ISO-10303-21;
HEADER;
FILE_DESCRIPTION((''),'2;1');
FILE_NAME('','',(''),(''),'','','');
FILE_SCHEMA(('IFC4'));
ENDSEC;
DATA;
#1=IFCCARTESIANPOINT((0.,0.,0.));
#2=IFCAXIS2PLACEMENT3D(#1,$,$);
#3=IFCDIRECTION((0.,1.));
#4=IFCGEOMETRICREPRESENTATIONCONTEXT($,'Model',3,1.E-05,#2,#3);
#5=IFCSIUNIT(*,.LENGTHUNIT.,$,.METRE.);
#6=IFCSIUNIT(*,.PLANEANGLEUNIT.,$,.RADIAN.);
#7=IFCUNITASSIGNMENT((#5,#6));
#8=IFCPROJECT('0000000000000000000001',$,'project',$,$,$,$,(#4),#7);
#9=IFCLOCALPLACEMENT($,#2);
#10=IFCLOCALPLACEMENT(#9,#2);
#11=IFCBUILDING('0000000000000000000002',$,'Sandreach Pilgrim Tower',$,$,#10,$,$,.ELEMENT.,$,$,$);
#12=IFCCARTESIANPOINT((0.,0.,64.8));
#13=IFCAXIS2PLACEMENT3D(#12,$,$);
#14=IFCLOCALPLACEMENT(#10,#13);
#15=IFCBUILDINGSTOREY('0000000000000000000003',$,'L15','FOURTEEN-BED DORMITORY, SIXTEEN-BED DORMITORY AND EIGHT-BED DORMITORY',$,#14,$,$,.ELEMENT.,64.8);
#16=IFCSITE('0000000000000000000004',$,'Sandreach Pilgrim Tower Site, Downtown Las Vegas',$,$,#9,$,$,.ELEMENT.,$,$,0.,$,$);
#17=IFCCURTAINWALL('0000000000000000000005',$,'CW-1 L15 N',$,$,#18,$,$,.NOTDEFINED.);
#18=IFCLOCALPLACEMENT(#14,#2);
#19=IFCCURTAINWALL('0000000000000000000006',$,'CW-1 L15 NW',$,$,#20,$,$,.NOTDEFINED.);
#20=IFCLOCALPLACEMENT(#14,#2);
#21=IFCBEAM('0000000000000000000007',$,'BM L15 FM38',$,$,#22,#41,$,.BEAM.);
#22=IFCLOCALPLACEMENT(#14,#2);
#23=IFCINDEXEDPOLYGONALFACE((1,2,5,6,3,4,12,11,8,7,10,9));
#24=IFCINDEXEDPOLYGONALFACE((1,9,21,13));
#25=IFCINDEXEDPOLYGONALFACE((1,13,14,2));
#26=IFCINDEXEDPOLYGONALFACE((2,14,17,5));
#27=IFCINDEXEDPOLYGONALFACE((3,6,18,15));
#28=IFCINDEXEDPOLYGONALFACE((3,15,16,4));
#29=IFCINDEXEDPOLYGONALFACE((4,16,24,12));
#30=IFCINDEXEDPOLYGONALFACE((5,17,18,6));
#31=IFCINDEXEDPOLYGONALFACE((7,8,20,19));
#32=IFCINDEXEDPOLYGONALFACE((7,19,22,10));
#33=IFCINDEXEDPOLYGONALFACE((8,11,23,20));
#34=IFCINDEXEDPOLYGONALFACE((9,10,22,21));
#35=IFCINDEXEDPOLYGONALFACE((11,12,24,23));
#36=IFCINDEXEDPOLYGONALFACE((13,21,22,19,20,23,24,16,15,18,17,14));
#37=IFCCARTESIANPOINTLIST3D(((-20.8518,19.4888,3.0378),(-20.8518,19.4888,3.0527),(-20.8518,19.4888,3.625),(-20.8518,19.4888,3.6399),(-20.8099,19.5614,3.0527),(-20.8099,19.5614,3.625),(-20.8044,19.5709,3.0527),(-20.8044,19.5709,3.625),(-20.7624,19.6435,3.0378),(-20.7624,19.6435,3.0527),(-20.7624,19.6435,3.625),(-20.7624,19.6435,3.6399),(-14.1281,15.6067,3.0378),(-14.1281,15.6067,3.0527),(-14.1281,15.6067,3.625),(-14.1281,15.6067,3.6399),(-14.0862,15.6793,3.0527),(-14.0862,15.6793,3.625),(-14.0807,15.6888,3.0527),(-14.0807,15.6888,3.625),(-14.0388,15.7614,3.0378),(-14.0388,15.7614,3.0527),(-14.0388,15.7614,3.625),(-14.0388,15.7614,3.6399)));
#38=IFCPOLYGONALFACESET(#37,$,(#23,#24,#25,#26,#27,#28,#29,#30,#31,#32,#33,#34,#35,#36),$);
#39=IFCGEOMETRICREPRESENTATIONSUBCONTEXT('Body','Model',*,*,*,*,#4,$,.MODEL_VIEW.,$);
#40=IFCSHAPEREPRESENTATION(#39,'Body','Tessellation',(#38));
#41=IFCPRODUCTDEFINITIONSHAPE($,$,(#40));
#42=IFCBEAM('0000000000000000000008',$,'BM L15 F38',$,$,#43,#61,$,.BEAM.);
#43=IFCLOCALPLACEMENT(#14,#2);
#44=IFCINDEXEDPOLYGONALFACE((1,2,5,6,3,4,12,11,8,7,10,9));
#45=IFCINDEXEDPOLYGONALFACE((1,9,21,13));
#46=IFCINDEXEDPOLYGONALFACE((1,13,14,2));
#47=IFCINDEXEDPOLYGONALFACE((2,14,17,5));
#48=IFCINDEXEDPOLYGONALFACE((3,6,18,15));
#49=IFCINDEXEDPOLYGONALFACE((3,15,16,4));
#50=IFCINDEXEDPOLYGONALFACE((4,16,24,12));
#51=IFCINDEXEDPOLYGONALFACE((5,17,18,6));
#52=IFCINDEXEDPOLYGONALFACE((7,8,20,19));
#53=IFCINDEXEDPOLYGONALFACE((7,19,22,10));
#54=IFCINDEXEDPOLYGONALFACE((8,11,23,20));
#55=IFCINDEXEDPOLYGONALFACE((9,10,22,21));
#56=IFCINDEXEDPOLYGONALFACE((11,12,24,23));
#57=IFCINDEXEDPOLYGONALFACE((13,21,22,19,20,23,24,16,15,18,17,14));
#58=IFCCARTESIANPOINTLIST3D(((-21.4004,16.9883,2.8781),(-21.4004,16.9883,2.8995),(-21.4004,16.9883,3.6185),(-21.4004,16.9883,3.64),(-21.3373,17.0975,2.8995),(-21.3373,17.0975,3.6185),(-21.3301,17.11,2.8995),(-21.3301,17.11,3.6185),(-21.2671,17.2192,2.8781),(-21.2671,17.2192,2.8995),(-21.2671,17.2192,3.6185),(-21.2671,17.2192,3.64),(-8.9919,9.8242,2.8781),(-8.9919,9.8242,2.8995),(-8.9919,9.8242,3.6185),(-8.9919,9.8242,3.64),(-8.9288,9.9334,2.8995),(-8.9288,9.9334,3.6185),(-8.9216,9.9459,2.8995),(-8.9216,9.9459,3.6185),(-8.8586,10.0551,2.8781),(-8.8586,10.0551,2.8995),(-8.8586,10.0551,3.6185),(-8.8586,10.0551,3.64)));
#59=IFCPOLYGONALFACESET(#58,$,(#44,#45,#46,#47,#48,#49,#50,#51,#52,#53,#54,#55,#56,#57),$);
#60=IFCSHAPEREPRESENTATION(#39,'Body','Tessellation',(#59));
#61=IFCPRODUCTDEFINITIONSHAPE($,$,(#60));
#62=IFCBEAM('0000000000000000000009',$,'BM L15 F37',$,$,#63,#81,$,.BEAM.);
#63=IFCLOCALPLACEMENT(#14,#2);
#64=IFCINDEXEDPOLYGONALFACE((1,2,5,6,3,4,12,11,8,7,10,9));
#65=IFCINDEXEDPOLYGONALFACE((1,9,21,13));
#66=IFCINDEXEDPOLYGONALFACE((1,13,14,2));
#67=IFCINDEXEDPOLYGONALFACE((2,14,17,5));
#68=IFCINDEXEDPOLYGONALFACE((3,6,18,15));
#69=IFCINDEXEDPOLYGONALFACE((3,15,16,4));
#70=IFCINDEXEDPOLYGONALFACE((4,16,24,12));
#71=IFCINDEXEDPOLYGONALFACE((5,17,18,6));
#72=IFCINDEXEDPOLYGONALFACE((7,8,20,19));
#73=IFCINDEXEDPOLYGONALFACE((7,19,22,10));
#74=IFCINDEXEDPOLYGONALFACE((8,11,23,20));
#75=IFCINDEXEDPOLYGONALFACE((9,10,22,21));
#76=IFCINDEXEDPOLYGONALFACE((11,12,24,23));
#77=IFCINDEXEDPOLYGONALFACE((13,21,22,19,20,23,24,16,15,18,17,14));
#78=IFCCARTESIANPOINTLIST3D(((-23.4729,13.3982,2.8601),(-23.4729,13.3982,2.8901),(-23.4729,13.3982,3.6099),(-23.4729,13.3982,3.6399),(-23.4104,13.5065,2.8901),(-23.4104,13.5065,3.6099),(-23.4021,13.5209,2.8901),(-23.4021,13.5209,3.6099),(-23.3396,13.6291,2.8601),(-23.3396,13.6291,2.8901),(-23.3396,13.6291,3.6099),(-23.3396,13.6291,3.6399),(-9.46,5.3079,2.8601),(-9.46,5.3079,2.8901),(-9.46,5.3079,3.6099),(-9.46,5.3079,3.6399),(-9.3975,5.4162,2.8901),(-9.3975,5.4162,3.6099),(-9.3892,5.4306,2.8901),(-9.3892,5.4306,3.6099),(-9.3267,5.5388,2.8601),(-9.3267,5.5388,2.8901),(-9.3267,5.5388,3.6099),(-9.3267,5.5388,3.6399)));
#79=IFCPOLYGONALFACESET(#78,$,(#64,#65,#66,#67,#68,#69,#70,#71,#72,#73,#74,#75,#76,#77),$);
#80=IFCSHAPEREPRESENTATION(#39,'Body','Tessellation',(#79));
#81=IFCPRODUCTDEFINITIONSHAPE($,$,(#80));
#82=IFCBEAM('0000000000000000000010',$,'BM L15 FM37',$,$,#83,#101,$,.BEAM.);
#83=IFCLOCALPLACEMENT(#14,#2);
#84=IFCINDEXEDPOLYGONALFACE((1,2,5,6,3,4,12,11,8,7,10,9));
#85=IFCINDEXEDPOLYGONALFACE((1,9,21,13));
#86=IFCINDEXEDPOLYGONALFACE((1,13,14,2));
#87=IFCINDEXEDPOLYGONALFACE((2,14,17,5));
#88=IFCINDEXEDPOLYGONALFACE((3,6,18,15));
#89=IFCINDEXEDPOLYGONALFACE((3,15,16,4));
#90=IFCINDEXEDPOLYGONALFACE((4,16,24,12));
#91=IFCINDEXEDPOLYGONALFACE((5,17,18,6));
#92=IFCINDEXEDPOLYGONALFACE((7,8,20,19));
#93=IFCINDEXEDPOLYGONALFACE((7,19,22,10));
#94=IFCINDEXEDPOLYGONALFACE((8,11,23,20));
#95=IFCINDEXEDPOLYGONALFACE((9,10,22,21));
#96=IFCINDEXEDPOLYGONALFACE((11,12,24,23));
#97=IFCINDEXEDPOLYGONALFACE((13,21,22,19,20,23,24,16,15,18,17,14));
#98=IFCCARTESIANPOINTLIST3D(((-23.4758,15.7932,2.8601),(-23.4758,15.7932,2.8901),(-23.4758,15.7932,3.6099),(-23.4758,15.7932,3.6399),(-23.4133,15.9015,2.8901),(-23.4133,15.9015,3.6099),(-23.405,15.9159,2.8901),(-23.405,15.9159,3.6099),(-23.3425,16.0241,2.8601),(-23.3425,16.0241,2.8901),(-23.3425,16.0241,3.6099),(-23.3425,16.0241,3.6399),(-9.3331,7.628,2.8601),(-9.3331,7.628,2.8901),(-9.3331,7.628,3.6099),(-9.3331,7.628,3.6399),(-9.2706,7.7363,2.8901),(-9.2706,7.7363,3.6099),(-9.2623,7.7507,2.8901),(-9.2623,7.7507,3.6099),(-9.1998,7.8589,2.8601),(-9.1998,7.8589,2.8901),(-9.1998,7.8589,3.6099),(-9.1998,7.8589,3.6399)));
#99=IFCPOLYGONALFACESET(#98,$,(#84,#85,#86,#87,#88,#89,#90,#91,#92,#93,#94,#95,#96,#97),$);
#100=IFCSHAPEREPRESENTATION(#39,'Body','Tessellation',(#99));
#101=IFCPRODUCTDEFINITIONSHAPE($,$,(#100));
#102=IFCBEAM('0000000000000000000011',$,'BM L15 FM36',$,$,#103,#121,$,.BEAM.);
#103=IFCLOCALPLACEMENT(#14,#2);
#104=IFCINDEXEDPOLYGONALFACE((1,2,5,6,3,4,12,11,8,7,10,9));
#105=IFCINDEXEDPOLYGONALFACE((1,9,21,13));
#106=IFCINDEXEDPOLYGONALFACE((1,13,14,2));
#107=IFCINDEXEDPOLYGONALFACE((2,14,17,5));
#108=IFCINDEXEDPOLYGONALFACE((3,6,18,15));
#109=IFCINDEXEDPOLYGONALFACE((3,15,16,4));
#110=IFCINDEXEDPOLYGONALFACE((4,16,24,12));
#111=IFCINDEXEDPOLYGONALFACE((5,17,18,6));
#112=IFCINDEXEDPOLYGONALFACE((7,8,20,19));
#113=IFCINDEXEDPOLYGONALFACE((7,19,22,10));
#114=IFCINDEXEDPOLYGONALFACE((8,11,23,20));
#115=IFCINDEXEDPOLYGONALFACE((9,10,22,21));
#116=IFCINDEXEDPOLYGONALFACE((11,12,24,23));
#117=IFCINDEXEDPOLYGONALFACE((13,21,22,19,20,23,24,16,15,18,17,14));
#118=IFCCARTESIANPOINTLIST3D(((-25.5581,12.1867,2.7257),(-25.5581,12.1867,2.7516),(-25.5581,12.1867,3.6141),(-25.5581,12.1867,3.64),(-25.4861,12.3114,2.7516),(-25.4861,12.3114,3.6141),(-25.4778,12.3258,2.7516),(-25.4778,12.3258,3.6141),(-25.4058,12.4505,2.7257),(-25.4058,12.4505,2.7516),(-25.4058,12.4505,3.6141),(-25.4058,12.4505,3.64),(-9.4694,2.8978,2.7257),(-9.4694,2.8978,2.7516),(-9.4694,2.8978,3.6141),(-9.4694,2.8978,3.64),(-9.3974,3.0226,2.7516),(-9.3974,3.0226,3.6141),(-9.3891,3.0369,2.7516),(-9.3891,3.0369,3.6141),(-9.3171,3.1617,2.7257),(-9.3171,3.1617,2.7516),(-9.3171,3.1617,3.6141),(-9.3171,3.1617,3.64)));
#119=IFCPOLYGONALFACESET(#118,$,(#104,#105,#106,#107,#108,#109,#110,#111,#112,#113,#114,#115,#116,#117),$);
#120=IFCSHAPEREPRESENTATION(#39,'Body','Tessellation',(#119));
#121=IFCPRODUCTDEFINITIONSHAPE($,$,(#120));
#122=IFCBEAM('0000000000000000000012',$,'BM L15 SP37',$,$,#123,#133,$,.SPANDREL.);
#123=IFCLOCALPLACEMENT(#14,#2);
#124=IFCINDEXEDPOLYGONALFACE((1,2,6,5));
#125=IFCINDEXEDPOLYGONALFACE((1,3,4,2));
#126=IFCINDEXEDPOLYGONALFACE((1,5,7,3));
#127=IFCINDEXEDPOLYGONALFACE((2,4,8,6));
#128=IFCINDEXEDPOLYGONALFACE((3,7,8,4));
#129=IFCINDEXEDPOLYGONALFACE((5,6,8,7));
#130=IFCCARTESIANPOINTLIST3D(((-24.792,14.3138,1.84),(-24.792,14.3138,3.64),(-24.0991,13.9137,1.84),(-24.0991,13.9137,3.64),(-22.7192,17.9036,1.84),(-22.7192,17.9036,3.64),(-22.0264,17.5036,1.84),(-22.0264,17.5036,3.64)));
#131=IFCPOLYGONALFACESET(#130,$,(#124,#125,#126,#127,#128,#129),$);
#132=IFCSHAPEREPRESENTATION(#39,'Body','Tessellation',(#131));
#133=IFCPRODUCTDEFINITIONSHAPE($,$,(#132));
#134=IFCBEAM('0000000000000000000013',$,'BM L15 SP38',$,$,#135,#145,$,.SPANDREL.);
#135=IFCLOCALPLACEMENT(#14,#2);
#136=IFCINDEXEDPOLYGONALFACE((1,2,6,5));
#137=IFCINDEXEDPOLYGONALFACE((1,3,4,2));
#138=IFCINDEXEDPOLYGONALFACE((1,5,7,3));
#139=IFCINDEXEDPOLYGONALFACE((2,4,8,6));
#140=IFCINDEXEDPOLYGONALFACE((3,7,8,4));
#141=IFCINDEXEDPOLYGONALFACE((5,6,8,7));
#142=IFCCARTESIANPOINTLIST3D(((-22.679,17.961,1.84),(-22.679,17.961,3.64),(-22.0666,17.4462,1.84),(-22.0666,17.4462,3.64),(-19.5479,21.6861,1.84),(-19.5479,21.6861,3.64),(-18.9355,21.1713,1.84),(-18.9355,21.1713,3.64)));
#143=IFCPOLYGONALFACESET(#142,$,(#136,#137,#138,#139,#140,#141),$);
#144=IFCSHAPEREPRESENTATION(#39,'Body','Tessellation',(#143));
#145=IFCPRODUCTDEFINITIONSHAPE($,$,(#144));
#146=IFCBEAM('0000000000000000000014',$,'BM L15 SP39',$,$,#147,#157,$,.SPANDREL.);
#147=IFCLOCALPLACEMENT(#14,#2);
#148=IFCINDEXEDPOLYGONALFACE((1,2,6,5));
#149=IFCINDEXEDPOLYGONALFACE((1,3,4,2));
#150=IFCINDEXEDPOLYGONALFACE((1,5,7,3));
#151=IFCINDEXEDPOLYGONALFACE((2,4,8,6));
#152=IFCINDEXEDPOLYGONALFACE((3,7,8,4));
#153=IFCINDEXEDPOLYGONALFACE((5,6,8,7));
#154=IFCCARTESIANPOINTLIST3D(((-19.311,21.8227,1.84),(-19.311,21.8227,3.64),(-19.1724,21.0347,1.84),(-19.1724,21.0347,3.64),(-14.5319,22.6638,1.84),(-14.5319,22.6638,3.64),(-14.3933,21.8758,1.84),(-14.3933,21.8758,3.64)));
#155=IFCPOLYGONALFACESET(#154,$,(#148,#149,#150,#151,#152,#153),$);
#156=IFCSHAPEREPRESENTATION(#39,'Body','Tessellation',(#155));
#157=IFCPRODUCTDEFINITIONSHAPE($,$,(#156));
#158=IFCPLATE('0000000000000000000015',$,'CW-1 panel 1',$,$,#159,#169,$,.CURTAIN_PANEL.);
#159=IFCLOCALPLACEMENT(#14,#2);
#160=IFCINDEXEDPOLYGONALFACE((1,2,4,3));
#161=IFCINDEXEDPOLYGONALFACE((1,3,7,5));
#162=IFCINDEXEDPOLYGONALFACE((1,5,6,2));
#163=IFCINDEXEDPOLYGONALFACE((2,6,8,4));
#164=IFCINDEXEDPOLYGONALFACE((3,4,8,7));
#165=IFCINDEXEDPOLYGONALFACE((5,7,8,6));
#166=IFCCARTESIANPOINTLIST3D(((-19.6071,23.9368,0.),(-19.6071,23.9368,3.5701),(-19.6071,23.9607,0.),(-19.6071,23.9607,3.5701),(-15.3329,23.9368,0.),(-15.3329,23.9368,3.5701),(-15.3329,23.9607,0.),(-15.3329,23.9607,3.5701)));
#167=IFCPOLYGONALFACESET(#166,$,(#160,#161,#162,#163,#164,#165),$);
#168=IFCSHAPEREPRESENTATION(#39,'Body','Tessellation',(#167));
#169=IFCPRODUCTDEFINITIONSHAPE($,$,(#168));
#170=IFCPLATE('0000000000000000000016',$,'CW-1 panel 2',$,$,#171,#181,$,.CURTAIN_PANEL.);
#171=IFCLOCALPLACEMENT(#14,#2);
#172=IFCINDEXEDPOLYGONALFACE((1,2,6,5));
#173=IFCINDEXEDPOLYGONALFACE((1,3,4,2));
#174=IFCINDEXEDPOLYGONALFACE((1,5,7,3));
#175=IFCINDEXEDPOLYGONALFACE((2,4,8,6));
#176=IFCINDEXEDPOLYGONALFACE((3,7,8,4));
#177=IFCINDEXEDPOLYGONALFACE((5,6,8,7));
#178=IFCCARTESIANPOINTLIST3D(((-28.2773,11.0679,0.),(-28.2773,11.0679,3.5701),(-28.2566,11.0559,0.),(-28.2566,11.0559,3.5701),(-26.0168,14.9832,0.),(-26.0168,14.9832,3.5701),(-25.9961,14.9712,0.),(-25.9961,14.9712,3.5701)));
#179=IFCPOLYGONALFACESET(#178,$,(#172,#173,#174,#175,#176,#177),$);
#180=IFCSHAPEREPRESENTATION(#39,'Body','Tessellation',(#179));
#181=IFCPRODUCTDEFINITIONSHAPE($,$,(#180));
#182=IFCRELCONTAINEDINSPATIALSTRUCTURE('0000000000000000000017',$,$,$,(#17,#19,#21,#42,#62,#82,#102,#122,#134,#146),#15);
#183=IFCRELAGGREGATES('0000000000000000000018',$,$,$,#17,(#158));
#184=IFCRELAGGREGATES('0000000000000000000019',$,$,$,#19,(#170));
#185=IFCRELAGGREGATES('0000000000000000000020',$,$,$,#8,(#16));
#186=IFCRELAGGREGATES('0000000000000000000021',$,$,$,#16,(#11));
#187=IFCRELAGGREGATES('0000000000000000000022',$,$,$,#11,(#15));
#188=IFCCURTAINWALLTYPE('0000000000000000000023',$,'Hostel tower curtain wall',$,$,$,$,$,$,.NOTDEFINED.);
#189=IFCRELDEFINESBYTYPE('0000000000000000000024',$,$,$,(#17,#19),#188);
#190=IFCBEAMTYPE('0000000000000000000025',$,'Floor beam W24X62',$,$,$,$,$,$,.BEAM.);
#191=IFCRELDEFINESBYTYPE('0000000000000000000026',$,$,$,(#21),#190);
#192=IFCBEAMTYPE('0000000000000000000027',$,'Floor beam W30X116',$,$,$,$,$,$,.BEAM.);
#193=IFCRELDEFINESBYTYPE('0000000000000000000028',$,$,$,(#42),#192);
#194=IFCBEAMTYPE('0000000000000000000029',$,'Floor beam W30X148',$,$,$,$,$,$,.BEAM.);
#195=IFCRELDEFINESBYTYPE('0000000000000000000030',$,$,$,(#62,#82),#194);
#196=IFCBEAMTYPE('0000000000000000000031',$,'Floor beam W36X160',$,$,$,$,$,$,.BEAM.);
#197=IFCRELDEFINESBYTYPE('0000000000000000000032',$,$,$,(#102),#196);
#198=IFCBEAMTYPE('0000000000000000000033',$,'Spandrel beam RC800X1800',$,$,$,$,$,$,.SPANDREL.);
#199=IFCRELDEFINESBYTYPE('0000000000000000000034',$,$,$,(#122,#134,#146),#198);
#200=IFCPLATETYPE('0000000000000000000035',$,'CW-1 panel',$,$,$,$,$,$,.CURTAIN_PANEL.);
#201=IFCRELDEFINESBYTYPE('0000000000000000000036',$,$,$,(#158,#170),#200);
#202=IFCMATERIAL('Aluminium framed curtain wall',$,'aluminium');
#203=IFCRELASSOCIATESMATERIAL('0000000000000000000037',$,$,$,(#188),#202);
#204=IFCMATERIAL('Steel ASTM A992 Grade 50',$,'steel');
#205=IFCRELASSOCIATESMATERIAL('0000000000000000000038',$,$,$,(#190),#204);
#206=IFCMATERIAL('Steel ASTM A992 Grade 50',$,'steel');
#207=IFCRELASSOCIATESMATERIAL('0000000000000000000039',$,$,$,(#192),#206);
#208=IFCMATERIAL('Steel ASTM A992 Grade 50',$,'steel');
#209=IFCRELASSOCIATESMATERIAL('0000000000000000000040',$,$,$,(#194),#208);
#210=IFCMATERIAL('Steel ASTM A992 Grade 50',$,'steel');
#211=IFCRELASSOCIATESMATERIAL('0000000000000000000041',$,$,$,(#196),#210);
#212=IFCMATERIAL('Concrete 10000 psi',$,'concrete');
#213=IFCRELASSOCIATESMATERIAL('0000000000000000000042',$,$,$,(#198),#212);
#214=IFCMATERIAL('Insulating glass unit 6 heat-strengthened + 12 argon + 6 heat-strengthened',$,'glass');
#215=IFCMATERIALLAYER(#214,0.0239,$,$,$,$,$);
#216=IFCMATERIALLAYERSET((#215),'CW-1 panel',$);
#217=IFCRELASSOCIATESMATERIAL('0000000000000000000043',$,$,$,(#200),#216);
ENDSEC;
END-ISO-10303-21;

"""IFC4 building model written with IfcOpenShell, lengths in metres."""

from ifc_helpers import new_model, si_unit, direction, frame, origin, origin_2d, place, context, subcontext, project, spatial, rectangle, i_section, extrude, material, layer, layer_set, material_profile, profile_set, type_object, element, aggregate, save


model = new_model("IFC4")

# Units and contexts
model_context = context("Model", 3, precision=1e-05, world=origin(), true_north=direction((0.0, 1.0)))
body_context = subcontext(model_context, "Body", "Model", "MODEL_VIEW")
ifc_project = project(units=[si_unit("LENGTHUNIT", "METRE"), si_unit("PLANEANGLEUNIT", "RADIAN")], contexts=[model_context])

# Site, building, storey
site_placement = place(None, origin())
site = spatial("IfcSite", under=ifc_project, at=site_placement, Name="Sandreach Pilgrim Tower Site, Downtown Las Vegas", CompositionType="ELEMENT", RefElevation=0.0)
building_placement = place(site_placement, origin())
building = spatial("IfcBuilding", under=site, at=building_placement, Name="Sandreach Pilgrim Tower", CompositionType="ELEMENT")
storey_placement = place(building_placement, frame((0.0, 0.0, 64.8)))
storey = spatial("IfcBuildingStorey", under=building, at=storey_placement, Name="L15", Description="FOURTEEN-BED DORMITORY, SIXTEEN-BED DORMITORY AND EIGHT-BED DORMITORY", CompositionType="ELEMENT", Elevation=64.8)

# Curtain wall
ifc_material_1 = material(Name="Aluminium framed curtain wall", Category="aluminium")
curtain_wall_type = type_object("IfcCurtainWallType", Name="Hostel tower curtain wall", PredefinedType="NOTDEFINED", material=ifc_material_1)
curtain_wall_1_placement = place(storey_placement, origin())
curtain_wall_1 = element("IfcCurtainWall", 1, at=curtain_wall_1_placement, inside=storey, type_object=curtain_wall_type, Name="CW-1 L15 N", PredefinedType="NOTDEFINED")

# Curtain wall
curtain_wall_2_placement = place(storey_placement, origin())
curtain_wall_2 = element("IfcCurtainWall", 2, at=curtain_wall_2_placement, inside=storey, type_object=curtain_wall_type, Name="CW-1 L15 NW", PredefinedType="NOTDEFINED")

# Beams
ifc_material_2 = material(Name="Steel ASTM A992 Grade 50", Category="steel")
ifc_material_profile_1 = material_profile(ifc_material_2, i_section(OverallWidth=0.1787, OverallDepth=0.6021, WebThickness=0.011, FlangeThickness=0.0149, at=origin_2d()), Name="W24X62")
ifc_profile_set_1 = profile_set([ifc_material_profile_1], Name="Steel ASTM A992 Grade 50")
beam_type_1 = type_object("IfcBeamType", Name="Floor beam W24X62", PredefinedType="BEAM", material=ifc_profile_set_1)
beam_1_placement = place(storey_placement, frame((-20.8071, 19.5662, 3.3389), z_axis=(0.866015, -0.500018, 0.0), x_axis=(0.500018, 0.866015, 0.0)))
element("IfcBeam", 3, at=beam_1_placement, inside=storey, type_object=beam_type_1, Name="BM L15 FM38", PredefinedType="BEAM", context=body_context, shape_type="SweptSolid", body=[
    extrude(i_section(OverallWidth=0.1787, OverallDepth=0.6021, WebThickness=0.011, FlangeThickness=0.0149, at=origin_2d()), origin(), (0.0, 0.0, 1.0), 7.7639),
])
ifc_material_3 = material(Name="Steel ASTM A992 Grade 50", Category="steel")
ifc_material_profile_2 = material_profile(ifc_material_3, i_section(OverallWidth=0.2666, OverallDepth=0.762, WebThickness=0.0144, FlangeThickness=0.0215, at=origin_2d()), Name="W30X116")
ifc_profile_set_2 = profile_set([ifc_material_profile_2], Name="Steel ASTM A992 Grade 50")
beam_type_2 = type_object("IfcBeamType", Name="Floor beam W30X116", PredefinedType="BEAM", material=ifc_profile_set_2)
beam_2_placement = place(storey_placement, frame((-21.3337, 17.1038, 3.259), z_axis=(0.866024, -0.500002, 0.0), x_axis=(0.500002, 0.866024, 0.0)))
element("IfcBeam", 4, at=beam_2_placement, inside=storey, type_object=beam_type_2, Name="BM L15 F38", PredefinedType="BEAM", context=body_context, shape_type="SweptSolid", body=[
    extrude(i_section(OverallWidth=0.2666, OverallDepth=0.762, WebThickness=0.0144, FlangeThickness=0.0215, at=origin_2d()), origin(), (0.0, 0.0, 1.0), 14.3281),
])
ifc_material_4 = material(Name="Steel ASTM A992 Grade 50", Category="steel")
ifc_material_profile_3 = material_profile(ifc_material_4, i_section(OverallWidth=0.2666, OverallDepth=0.7798, WebThickness=0.0166, FlangeThickness=0.03, at=origin_2d()), Name="W30X148")
ifc_profile_set_3 = profile_set([ifc_material_profile_3], Name="Steel ASTM A992 Grade 50")
beam_type_3 = type_object("IfcBeamType", Name="Floor beam W30X148", PredefinedType="BEAM", material=ifc_profile_set_3)
beam_3_placement = place(storey_placement, frame((-23.4062, 13.5137, 3.25), z_axis=(0.866027, -0.499998, 0.0), x_axis=(0.499998, 0.866027, 0.0)))
element("IfcBeam", 5, at=beam_3_placement, inside=storey, type_object=beam_type_3, Name="BM L15 F37", PredefinedType="BEAM", context=body_context, shape_type="SweptSolid", body=[
    extrude(i_section(OverallWidth=0.2666, OverallDepth=0.7798, WebThickness=0.0166, FlangeThickness=0.03, at=origin_2d()), origin(), (0.0, 0.0, 1.0), 16.1807),
])
beam_4_placement = place(storey_placement, frame((-23.4092, 15.9087, 3.25), z_axis=(0.866027, -0.499996, 0.0), x_axis=(0.499996, 0.866027, 0.0)))
element("IfcBeam", 6, at=beam_4_placement, inside=storey, type_object=beam_type_3, Name="BM L15 FM37", PredefinedType="BEAM", context=body_context, shape_type="SweptSolid", body=[
    extrude(i_section(OverallWidth=0.2666, OverallDepth=0.7798, WebThickness=0.0166, FlangeThickness=0.03, at=origin_2d()), origin(), (0.0, 0.0, 1.0), 16.3306),
])
ifc_material_5 = material(Name="Steel ASTM A992 Grade 50", Category="steel")
ifc_material_profile_4 = material_profile(ifc_material_5, i_section(OverallWidth=0.3047, OverallDepth=0.9143, WebThickness=0.0166, FlangeThickness=0.0259, at=origin_2d()), Name="W36X160")
ifc_profile_set_4 = profile_set([ifc_material_profile_4], Name="Steel ASTM A992 Grade 50")
beam_type_4 = type_object("IfcBeamType", Name="Floor beam W36X160", PredefinedType="BEAM", material=ifc_profile_set_4)
beam_5_placement = place(storey_placement, frame((-25.4819, 12.3186, 3.1829), z_axis=(0.866024, -0.500002, 0.0), x_axis=(0.500002, 0.866024, 0.0)))
element("IfcBeam", 7, at=beam_5_placement, inside=storey, type_object=beam_type_4, Name="BM L15 FM36", PredefinedType="BEAM", context=body_context, shape_type="SweptSolid", body=[
    extrude(i_section(OverallWidth=0.3047, OverallDepth=0.9143, WebThickness=0.0166, FlangeThickness=0.0259, at=origin_2d()), origin(), (0.0, 0.0, 1.0), 18.5776),
])
ifc_material_6 = material(Name="Concrete 10000 psi", Category="concrete")
ifc_material_profile_5 = material_profile(ifc_material_6, rectangle(XDim=0.8, YDim=1.8, at=origin_2d()), Name="RC800X1800")
ifc_profile_set_5 = profile_set([ifc_material_profile_5], Name="Concrete 10000 psi")
beam_type_5 = type_object("IfcBeamType", Name="Spandrel beam RC800X1800", PredefinedType="SPANDREL", material=ifc_profile_set_5)
beam_6_placement = place(storey_placement, frame((-24.4456, 14.1138, 2.74), z_axis=(0.500028, 0.866009, 0.0), x_axis=(-0.866009, 0.500028, 0.0)))
element("IfcBeam", 8, at=beam_6_placement, inside=storey, type_object=beam_type_5, Name="BM L15 SP37", PredefinedType="SPANDREL", context=body_context, shape_type="SweptSolid", body=[
    extrude(rectangle(XDim=0.8, YDim=1.8, at=origin_2d()), origin(), (0.0, 0.0, 1.0), 4.1453),
])
beam_7_placement = place(storey_placement, frame((-22.3728, 17.7036, 2.74), z_axis=(0.643436, 0.7655, 0.0), x_axis=(-0.7655, 0.643436, 0.0)))
element("IfcBeam", 9, at=beam_7_placement, inside=storey, type_object=beam_type_5, Name="BM L15 SP38", PredefinedType="SPANDREL", context=body_context, shape_type="SweptSolid", body=[
    extrude(rectangle(XDim=0.8, YDim=1.8, at=origin_2d()), origin(), (0.0, 0.0, 1.0), 4.8662),
])
beam_8_placement = place(storey_placement, frame((-19.2417, 21.4287, 2.74), z_axis=(0.984864, 0.173326, 0.0), x_axis=(-0.173326, 0.984864, 0.0)))
element("IfcBeam", 10, at=beam_8_placement, inside=storey, type_object=beam_type_5, Name="BM L15 SP39", PredefinedType="SPANDREL", context=body_context, shape_type="SweptSolid", body=[
    extrude(rectangle(XDim=0.8, YDim=1.8, at=origin_2d()), origin(), (0.0, 0.0, 1.0), 4.8525),
])

# Plates
ifc_material_7 = material(Name="Insulating glass unit 6 heat-strengthened + 12 argon + 6 heat-strengthened", Category="glass")
ifc_layer_1 = layer(ifc_material_7, 0.0239)
ifc_layer_set_1 = layer_set([ifc_layer_1], Name="CW-1 panel")
plate_type = type_object("IfcPlateType", Name="CW-1 panel", PredefinedType="CURTAIN_PANEL", material=ifc_layer_set_1)
plate_1_placement = place(storey_placement, frame((-17.47, 23.9487, 0.0), z_axis=(0.0, 0.0, 1.0), x_axis=(1.0, 0.0, 0.0)))
plate_1 = element("IfcPlate", 11, at=plate_1_placement, type_object=plate_type, Name="CW-1 panel 1", PredefinedType="CURTAIN_PANEL", context=body_context, shape_type="SweptSolid", body=[
    extrude(rectangle(XDim=4.2742, YDim=0.0239, at=origin_2d()), origin(), (0.0, 0.0, 1.0), 3.5701),
])
aggregate(curtain_wall_1, [plate_1])
plate_2_placement = place(storey_placement, frame((-27.1367, 13.0195, 0.0), z_axis=(0.0, 0.0, 1.0), x_axis=(0.5, 0.866025, 0.0)))
plate_2 = element("IfcPlate", 12, at=plate_2_placement, type_object=plate_type, Name="CW-1 panel 2", PredefinedType="CURTAIN_PANEL", context=body_context, shape_type="SweptSolid", body=[
    extrude(rectangle(XDim=4.521, YDim=0.0239, at=origin_2d()), origin(), (0.0, 0.0, 1.0), 3.5701),
])
aggregate(curtain_wall_2, [plate_2])

save(model, "model.ifc")
